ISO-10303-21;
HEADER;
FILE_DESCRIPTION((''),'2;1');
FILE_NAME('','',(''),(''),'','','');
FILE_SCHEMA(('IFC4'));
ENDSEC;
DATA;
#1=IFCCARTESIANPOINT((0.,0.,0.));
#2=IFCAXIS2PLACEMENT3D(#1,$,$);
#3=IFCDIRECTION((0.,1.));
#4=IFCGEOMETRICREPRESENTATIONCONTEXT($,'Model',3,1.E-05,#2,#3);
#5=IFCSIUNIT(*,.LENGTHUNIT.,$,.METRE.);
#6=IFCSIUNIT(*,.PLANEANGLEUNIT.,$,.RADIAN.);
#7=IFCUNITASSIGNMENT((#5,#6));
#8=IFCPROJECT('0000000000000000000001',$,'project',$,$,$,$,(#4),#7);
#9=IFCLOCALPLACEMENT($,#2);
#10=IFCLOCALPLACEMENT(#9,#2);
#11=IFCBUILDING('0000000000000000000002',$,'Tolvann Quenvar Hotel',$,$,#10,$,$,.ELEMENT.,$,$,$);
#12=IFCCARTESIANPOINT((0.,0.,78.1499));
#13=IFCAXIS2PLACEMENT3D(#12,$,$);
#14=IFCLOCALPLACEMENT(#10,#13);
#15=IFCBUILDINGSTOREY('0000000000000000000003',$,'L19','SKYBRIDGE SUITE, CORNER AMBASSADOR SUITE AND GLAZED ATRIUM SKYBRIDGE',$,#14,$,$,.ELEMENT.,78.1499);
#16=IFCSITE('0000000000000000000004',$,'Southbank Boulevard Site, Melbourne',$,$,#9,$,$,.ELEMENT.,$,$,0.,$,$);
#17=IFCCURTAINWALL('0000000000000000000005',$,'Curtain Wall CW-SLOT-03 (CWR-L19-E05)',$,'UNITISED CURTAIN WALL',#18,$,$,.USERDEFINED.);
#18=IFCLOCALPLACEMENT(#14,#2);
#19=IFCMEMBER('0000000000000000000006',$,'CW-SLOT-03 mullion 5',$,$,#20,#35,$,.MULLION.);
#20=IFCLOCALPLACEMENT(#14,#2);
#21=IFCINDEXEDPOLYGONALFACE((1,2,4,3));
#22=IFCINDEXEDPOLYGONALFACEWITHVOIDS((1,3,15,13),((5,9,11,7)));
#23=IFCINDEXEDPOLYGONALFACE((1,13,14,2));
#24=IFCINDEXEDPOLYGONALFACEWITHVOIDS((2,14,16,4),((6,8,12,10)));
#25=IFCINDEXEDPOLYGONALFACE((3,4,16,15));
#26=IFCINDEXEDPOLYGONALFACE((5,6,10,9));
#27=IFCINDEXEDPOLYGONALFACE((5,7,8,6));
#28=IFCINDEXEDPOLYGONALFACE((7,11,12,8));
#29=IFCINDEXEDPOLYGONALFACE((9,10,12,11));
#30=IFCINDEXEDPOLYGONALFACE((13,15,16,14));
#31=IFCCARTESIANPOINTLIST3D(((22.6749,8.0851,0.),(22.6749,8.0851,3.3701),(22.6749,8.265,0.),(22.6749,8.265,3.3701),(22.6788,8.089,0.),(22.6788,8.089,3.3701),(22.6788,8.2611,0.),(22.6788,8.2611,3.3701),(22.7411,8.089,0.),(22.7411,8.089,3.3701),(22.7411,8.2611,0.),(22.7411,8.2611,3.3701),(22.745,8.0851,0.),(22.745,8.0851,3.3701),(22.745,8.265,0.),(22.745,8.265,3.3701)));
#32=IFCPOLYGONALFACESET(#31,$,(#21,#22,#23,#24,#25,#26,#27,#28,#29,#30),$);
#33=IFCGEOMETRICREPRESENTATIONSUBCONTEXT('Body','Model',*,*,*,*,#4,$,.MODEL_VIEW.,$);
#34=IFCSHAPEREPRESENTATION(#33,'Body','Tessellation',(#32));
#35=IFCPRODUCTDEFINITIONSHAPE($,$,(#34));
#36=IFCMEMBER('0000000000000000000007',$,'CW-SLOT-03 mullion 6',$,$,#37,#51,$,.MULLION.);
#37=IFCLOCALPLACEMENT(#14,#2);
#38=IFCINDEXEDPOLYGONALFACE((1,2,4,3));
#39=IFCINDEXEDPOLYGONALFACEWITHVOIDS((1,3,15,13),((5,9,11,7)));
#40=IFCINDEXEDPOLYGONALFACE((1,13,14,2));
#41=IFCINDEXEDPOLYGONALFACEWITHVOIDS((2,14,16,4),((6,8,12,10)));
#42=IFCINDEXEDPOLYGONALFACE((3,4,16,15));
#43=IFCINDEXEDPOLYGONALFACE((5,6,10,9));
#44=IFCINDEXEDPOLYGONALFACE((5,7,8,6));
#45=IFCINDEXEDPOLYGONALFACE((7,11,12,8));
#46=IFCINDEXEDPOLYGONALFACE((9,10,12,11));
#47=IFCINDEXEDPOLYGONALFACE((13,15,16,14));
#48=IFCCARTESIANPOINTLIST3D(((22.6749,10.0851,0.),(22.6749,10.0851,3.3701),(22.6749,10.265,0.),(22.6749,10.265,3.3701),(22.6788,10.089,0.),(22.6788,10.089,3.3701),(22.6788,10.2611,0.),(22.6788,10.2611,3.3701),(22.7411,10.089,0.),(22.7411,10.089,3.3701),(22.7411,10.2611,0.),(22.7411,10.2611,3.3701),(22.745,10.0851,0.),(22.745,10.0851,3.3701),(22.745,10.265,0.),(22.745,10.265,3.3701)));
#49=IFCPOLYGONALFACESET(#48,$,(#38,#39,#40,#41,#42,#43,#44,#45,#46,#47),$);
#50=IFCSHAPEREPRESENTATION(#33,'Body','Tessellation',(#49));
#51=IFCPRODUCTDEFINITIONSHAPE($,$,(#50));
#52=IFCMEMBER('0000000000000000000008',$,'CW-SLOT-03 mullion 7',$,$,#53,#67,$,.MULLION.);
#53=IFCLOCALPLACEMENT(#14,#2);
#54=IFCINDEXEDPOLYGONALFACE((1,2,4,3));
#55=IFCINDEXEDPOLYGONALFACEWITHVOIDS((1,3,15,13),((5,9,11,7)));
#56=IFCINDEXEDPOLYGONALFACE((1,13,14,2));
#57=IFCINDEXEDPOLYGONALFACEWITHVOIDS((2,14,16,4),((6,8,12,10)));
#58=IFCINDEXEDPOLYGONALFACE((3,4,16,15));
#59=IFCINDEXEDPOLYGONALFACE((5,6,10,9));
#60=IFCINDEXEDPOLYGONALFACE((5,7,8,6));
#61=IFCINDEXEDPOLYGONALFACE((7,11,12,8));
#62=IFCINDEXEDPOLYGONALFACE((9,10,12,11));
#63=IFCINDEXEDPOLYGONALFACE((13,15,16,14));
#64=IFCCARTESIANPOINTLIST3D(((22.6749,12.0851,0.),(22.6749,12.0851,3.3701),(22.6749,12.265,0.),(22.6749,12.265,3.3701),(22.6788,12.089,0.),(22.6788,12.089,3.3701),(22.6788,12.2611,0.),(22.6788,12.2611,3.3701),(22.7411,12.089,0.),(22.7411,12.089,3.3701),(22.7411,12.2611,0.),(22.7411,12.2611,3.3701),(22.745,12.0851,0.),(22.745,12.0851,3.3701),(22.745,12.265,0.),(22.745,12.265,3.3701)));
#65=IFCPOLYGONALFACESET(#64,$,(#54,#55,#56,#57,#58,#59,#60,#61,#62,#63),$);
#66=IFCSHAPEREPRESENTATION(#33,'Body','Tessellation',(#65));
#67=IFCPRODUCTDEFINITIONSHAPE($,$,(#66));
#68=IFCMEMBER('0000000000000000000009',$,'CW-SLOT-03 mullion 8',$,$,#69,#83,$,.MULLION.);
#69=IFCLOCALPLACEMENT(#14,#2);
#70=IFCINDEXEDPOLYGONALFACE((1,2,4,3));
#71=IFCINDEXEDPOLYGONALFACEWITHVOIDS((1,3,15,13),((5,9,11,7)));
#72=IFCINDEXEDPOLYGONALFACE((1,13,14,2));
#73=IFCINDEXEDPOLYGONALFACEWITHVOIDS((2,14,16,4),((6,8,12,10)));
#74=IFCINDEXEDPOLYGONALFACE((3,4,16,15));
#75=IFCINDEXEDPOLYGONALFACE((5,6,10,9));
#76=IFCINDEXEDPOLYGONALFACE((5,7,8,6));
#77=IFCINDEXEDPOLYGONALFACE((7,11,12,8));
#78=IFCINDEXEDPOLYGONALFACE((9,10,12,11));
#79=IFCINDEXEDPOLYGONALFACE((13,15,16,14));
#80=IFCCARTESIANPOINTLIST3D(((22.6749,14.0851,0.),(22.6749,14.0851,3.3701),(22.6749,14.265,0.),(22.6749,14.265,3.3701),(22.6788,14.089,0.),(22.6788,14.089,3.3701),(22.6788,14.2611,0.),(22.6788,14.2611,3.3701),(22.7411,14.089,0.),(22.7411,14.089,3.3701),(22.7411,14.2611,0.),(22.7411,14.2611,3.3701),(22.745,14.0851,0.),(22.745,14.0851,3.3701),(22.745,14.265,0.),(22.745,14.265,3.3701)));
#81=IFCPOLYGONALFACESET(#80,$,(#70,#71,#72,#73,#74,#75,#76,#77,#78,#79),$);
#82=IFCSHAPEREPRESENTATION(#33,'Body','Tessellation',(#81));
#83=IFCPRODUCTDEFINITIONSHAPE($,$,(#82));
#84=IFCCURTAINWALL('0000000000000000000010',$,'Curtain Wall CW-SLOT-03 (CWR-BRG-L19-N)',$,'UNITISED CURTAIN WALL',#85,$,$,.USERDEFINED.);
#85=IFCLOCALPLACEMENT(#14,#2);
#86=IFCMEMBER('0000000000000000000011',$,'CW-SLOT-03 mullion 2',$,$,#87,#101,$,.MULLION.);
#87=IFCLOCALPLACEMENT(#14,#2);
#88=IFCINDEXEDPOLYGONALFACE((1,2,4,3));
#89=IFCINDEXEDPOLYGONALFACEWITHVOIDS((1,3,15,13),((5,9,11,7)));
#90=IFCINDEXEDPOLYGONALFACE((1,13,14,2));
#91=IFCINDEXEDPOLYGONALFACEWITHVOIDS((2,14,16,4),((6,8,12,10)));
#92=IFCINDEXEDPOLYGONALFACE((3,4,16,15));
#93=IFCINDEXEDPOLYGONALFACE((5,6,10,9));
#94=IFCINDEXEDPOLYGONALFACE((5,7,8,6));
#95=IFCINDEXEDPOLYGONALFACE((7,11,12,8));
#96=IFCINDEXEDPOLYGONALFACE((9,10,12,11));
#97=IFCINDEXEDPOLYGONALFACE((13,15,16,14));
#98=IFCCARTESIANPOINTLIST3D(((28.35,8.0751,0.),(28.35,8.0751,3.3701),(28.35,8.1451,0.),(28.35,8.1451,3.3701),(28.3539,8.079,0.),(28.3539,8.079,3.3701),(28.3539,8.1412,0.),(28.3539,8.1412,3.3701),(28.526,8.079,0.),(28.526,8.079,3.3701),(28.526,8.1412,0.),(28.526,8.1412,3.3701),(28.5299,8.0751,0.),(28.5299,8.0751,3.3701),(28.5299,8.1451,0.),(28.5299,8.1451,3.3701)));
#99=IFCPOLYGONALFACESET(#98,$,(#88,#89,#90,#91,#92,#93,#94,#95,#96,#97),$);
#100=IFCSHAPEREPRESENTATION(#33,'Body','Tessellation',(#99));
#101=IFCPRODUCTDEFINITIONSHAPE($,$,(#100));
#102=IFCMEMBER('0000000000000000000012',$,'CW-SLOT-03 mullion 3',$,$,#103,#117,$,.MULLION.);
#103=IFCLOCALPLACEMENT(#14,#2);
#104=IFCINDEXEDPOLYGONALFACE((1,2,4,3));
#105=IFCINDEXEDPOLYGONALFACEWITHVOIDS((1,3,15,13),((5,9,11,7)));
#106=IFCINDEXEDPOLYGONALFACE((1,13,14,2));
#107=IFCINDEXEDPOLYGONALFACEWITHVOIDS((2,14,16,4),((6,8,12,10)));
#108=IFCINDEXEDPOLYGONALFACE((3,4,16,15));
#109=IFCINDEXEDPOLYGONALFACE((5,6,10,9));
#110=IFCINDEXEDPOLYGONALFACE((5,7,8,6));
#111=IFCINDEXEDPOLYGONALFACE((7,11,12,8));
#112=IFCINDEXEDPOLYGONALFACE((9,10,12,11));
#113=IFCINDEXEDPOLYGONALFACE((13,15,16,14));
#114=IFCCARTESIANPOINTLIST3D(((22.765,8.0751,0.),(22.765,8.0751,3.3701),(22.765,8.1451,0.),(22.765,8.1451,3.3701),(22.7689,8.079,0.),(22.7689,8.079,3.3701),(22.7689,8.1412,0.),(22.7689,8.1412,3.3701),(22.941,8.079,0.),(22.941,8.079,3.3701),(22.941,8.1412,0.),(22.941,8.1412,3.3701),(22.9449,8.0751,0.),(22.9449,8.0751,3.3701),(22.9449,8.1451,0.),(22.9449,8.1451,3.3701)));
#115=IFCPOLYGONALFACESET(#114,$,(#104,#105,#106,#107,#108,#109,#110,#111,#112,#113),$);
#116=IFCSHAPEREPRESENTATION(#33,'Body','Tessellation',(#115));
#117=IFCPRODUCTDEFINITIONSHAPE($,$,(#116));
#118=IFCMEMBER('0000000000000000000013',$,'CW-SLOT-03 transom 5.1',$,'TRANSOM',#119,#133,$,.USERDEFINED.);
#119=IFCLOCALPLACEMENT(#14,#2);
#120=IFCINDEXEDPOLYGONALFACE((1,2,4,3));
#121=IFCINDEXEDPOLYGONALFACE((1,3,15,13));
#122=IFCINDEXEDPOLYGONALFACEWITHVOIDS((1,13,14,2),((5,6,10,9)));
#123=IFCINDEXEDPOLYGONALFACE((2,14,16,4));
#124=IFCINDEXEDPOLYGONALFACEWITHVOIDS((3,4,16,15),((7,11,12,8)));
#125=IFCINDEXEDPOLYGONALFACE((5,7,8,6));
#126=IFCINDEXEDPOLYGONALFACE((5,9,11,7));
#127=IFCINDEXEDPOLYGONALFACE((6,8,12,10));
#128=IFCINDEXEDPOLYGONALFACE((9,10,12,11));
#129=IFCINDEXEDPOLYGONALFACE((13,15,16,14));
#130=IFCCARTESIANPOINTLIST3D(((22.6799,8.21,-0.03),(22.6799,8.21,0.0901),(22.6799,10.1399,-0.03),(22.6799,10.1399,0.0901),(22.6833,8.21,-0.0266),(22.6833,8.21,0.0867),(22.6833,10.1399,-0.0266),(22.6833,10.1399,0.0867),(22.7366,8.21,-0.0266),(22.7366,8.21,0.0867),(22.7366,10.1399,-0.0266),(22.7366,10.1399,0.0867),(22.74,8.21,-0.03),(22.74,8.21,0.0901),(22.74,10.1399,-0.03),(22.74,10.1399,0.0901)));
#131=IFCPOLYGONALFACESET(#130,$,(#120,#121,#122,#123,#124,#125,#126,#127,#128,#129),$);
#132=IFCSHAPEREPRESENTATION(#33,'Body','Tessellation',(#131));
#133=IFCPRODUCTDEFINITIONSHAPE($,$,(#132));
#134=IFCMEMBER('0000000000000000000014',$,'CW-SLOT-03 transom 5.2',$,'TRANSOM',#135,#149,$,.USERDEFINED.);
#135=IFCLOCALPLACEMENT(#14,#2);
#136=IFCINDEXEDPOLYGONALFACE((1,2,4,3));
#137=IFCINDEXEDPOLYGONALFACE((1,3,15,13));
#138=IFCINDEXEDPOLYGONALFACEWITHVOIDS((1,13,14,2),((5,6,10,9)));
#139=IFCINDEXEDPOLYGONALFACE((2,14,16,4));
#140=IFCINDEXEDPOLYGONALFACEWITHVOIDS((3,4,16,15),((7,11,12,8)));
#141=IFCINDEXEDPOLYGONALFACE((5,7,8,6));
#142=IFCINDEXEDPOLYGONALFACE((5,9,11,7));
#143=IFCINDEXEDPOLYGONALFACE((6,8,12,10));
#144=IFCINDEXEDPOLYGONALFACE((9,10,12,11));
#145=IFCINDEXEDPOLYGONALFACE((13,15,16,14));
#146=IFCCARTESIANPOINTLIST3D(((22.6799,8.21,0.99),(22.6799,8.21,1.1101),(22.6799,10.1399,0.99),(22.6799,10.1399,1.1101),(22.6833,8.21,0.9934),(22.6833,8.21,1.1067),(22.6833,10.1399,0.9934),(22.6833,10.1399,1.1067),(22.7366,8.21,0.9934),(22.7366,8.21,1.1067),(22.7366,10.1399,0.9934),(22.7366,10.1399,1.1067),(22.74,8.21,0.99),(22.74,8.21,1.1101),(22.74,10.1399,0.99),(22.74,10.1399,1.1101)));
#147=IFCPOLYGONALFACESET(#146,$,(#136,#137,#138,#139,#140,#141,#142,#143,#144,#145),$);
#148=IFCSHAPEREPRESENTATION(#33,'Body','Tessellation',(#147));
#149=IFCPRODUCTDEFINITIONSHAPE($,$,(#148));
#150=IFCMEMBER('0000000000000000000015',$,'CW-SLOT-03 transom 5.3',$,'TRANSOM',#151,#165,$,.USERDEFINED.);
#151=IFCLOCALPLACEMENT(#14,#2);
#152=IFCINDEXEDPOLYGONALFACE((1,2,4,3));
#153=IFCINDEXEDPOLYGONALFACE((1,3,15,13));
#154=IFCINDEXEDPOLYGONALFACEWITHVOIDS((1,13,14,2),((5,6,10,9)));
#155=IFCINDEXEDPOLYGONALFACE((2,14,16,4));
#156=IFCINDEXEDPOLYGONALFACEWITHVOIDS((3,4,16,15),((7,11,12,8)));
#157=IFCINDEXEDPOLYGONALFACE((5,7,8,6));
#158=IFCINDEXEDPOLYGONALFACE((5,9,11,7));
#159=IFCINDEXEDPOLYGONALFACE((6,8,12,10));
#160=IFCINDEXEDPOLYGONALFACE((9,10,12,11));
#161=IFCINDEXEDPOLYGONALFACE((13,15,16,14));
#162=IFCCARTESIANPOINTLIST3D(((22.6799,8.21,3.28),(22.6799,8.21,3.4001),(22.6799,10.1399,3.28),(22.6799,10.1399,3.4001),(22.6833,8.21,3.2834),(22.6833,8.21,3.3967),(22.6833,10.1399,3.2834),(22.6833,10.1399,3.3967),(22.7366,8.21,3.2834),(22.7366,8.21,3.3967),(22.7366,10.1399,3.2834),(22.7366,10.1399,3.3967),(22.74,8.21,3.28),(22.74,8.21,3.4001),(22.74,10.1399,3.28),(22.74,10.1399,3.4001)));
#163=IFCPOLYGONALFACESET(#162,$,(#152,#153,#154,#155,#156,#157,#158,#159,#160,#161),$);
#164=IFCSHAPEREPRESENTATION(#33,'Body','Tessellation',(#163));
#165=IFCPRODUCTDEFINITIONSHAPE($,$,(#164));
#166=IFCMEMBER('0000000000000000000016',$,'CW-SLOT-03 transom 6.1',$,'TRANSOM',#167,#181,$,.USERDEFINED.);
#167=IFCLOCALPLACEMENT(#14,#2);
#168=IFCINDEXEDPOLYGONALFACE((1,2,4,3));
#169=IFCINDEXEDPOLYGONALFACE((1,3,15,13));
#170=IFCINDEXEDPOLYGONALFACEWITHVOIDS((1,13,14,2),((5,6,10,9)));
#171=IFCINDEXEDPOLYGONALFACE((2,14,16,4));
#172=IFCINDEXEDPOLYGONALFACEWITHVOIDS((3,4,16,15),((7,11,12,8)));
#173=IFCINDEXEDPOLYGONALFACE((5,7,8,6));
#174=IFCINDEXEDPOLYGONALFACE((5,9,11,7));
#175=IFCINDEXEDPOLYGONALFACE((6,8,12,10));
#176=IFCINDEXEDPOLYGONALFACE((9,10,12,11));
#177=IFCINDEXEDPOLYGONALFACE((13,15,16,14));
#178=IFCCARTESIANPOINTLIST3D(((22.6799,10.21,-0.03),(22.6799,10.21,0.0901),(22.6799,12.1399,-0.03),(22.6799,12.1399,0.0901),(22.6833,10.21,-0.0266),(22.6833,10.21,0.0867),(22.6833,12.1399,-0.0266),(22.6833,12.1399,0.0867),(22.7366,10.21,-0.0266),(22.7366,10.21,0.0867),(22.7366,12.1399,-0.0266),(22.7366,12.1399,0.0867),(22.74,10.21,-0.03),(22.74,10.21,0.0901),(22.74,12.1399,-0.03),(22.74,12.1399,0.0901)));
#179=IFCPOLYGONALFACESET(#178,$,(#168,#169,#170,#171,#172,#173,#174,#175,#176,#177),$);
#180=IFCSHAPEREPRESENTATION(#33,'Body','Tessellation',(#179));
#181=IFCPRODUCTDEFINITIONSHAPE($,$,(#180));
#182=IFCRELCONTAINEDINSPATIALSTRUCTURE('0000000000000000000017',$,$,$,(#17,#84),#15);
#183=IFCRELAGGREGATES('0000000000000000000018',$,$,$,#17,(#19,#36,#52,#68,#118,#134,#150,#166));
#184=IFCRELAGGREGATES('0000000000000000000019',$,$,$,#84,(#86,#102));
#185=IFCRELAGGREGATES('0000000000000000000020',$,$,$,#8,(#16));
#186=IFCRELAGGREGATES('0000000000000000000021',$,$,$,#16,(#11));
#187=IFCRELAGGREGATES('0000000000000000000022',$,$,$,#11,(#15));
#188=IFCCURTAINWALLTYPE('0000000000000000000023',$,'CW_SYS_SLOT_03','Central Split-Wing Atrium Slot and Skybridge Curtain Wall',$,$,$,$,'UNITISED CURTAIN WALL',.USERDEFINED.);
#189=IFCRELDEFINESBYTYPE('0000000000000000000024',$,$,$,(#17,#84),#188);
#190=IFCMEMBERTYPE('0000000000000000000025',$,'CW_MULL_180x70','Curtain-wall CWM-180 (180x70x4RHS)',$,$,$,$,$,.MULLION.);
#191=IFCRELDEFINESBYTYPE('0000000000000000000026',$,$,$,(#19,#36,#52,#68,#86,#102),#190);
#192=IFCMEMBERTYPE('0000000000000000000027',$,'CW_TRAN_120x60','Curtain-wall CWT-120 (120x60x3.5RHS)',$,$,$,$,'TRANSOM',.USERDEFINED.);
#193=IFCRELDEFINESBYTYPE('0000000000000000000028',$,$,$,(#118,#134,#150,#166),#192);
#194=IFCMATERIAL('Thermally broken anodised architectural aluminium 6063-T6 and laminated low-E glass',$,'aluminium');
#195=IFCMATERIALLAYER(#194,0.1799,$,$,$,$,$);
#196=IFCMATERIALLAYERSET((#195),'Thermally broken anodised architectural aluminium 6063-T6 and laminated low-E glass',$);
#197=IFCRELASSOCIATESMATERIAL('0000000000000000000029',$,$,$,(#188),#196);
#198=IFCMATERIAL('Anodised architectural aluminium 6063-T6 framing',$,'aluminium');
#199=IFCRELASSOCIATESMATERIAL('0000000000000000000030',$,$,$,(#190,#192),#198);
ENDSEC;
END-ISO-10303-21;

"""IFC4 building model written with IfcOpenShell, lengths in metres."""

from ifc_helpers import new_model, si_unit, direction, frame, origin, origin_2d, place, context, subcontext, project, spatial, hollow_rectangle, extrude, source, transform, mapped, material, layer, layer_set, material_profile, profile_set, type_object, type_shapes, element, aggregate, save


model = new_model("IFC4")

# Units and contexts
model_context = context("Model", 3, precision=1e-05, world=origin(), true_north=direction((0.0, 1.0)))
body_context = subcontext(model_context, "Body", "Model", "MODEL_VIEW")
ifc_project = project(units=[si_unit("LENGTHUNIT", "METRE"), si_unit("PLANEANGLEUNIT", "RADIAN")], contexts=[model_context])

# Site, building, storey
site_placement = place(None, origin())
site = spatial("IfcSite", under=ifc_project, at=site_placement, Name="Southbank Boulevard Site, Melbourne", CompositionType="ELEMENT", RefElevation=0.0)
building_placement = place(site_placement, origin())
building = spatial("IfcBuilding", under=site, at=building_placement, Name="Tolvann Quenvar Hotel", CompositionType="ELEMENT")
storey_placement = place(building_placement, frame((0.0, 0.0, 78.1499)))
storey = spatial("IfcBuildingStorey", under=building, at=storey_placement, Name="L19", Description="SKYBRIDGE SUITE, CORNER AMBASSADOR SUITE AND GLAZED ATRIUM SKYBRIDGE", CompositionType="ELEMENT", Elevation=78.1499)

# Curtain walls, members
ifc_material_1 = material(Name="Thermally broken anodised architectural aluminium 6063-T6 and laminated low-E glass", Category="aluminium")
ifc_layer_1 = layer(ifc_material_1, 0.1799)
ifc_layer_set_1 = layer_set([ifc_layer_1], Name="Thermally broken anodised architectural aluminium 6063-T6 and laminated low-E glass")
curtain_wall_type = type_object("IfcCurtainWallType", Name="CW_SYS_SLOT_03", Description="Central Split-Wing Atrium Slot and Skybridge Curtain Wall", ElementType="UNITISED CURTAIN WALL", PredefinedType="USERDEFINED", material=ifc_layer_set_1)
curtain_wall_1_placement = place(storey_placement, origin())
curtain_wall_1 = element("IfcCurtainWall", 1, at=curtain_wall_1_placement, inside=storey, type_object=curtain_wall_type, Name="Curtain Wall CW-SLOT-03 (CWR-L19-E05)", ObjectType="UNITISED CURTAIN WALL", PredefinedType="USERDEFINED")
ifc_material_2 = material(Name="Anodised architectural aluminium 6063-T6 framing", Category="aluminium")
ifc_material_profile_1 = material_profile(ifc_material_2, hollow_rectangle(XDim=0.0701, YDim=0.1799, WallThickness=0.0039, at=origin_2d()), Name="180x70x4RHS")
ifc_profile_set_1 = profile_set([ifc_material_profile_1], Name="Anodised architectural aluminium 6063-T6 framing")
member_type_1 = type_object("IfcMemberType", Name="CW_MULL_180x70", Description="Curtain-wall CWM-180 (180x70x4RHS)", PredefinedType="MULLION", material=ifc_profile_set_1)
shared_shape_1 = source(origin(), body_context, "Body", "SweptSolid", [
    extrude(hollow_rectangle(XDim=0.0701, YDim=0.1799, WallThickness=0.0039, at=origin_2d()), origin(), (0.0, 0.0, 1.0), 3.3701),
])
type_shapes(member_type_1, [shared_shape_1])
member_1_placement = place(storey_placement, frame((22.71, 8.175, 0.0), z_axis=(0.0, 0.0, 1.0), x_axis=(-1.0, 0.0, 0.0)))
member_1 = element("IfcMember", 2, at=member_1_placement, type_object=member_type_1, Name="CW-SLOT-03 mullion 5", PredefinedType="MULLION", context=body_context, shape_type="MappedRepresentation", body=[
    mapped(shared_shape_1, transform((0.0, 0.0, 0.0), x_axis=(1.0, 0.0, 0.0), y_axis=(0.0, 1.0, 0.0), z_axis=(0.0, 0.0, 1.0), scale=1.0)),
])
member_2_placement = place(storey_placement, frame((22.71, 10.175, 0.0), z_axis=(0.0, 0.0, 1.0), x_axis=(-1.0, 0.0, 0.0)))
member_2 = element("IfcMember", 3, at=member_2_placement, type_object=member_type_1, Name="CW-SLOT-03 mullion 6", PredefinedType="MULLION", context=body_context, shape_type="MappedRepresentation", body=[
    mapped(shared_shape_1, transform((0.0, 0.0, 0.0), x_axis=(1.0, 0.0, 0.0), y_axis=(0.0, 1.0, 0.0), z_axis=(0.0, 0.0, 1.0), scale=1.0)),
])
member_3_placement = place(storey_placement, frame((22.71, 12.175, 0.0), z_axis=(0.0, 0.0, 1.0), x_axis=(-1.0, 0.0, 0.0)))
member_3 = element("IfcMember", 4, at=member_3_placement, type_object=member_type_1, Name="CW-SLOT-03 mullion 7", PredefinedType="MULLION", context=body_context, shape_type="MappedRepresentation", body=[
    mapped(shared_shape_1, transform((0.0, 0.0, 0.0), x_axis=(1.0, 0.0, 0.0), y_axis=(0.0, 1.0, 0.0), z_axis=(0.0, 0.0, 1.0), scale=1.0)),
])
member_4_placement = place(storey_placement, frame((22.71, 14.175, 0.0), z_axis=(0.0, 0.0, 1.0), x_axis=(-1.0, 0.0, 0.0)))
member_4 = element("IfcMember", 5, at=member_4_placement, type_object=member_type_1, Name="CW-SLOT-03 mullion 8", PredefinedType="MULLION", context=body_context, shape_type="MappedRepresentation", body=[
    mapped(shared_shape_1, transform((0.0, 0.0, 0.0), x_axis=(1.0, 0.0, 0.0), y_axis=(0.0, 1.0, 0.0), z_axis=(0.0, 0.0, 1.0), scale=1.0)),
])
curtain_wall_2_placement = place(storey_placement, origin())
curtain_wall_2 = element("IfcCurtainWall", 6, at=curtain_wall_2_placement, inside=storey, type_object=curtain_wall_type, Name="Curtain Wall CW-SLOT-03 (CWR-BRG-L19-N)", ObjectType="UNITISED CURTAIN WALL", PredefinedType="USERDEFINED")
member_5_placement = place(storey_placement, frame((28.4399, 8.1101, 0.0), z_axis=(0.0, 0.0, 1.0), x_axis=(0.0, -1.0, 0.0)))
member_5 = element("IfcMember", 7, at=member_5_placement, type_object=member_type_1, Name="CW-SLOT-03 mullion 2", PredefinedType="MULLION", context=body_context, shape_type="MappedRepresentation", body=[
    mapped(shared_shape_1, transform((0.0, 0.0, 0.0), x_axis=(1.0, 0.0, 0.0), y_axis=(0.0, 1.0, 0.0), z_axis=(0.0, 0.0, 1.0), scale=1.0)),
])
member_6_placement = place(storey_placement, frame((22.855, 8.1101, 0.0), z_axis=(0.0, 0.0, 1.0), x_axis=(0.0, -1.0, 0.0)))
member_6 = element("IfcMember", 8, at=member_6_placement, type_object=member_type_1, Name="CW-SLOT-03 mullion 3", PredefinedType="MULLION", context=body_context, shape_type="MappedRepresentation", body=[
    mapped(shared_shape_1, transform((0.0, 0.0, 0.0), x_axis=(1.0, 0.0, 0.0), y_axis=(0.0, 1.0, 0.0), z_axis=(0.0, 0.0, 1.0), scale=1.0)),
])

# Members
ifc_material_profile_2 = material_profile(ifc_material_2, hollow_rectangle(XDim=0.0601, YDim=0.1201, WallThickness=0.0034, at=origin_2d()), Name="120x60x3.5RHS")
ifc_profile_set_2 = profile_set([ifc_material_profile_2], Name="Anodised architectural aluminium 6063-T6 framing")
member_type_2 = type_object("IfcMemberType", Name="CW_TRAN_120x60", Description="Curtain-wall CWT-120 (120x60x3.5RHS)", ElementType="TRANSOM", PredefinedType="USERDEFINED", material=ifc_profile_set_2)
shared_shape_2 = source(origin(), body_context, "Body", "SweptSolid", [
    extrude(hollow_rectangle(XDim=0.0601, YDim=0.1201, WallThickness=0.0034, at=origin_2d()), origin(), (0.0, 0.0, 1.0), 1.9299),
])
member_7_placement = place(storey_placement, frame((22.71, 8.21, 0.03), z_axis=(0.0, 1.0, 0.0), x_axis=(-1.0, 0.0, 0.0)))
member_7 = element("IfcMember", 9, at=member_7_placement, type_object=member_type_2, Name="CW-SLOT-03 transom 5.1", ObjectType="TRANSOM", PredefinedType="USERDEFINED", context=body_context, shape_type="MappedRepresentation", body=[
    mapped(shared_shape_2, transform((0.0, 0.0, 0.0), x_axis=(1.0, 0.0, 0.0), y_axis=(0.0, 1.0, 0.0), z_axis=(0.0, 0.0, 1.0), scale=1.0)),
])
member_8_placement = place(storey_placement, frame((22.71, 8.21, 1.05), z_axis=(0.0, 1.0, 0.0), x_axis=(-1.0, 0.0, 0.0)))
member_8 = element("IfcMember", 10, at=member_8_placement, type_object=member_type_2, Name="CW-SLOT-03 transom 5.2", ObjectType="TRANSOM", PredefinedType="USERDEFINED", context=body_context, shape_type="MappedRepresentation", body=[
    mapped(shared_shape_2, transform((0.0, 0.0, 0.0), x_axis=(1.0, 0.0, 0.0), y_axis=(0.0, 1.0, 0.0), z_axis=(0.0, 0.0, 1.0), scale=1.0)),
])
member_9_placement = place(storey_placement, frame((22.71, 8.21, 3.3401), z_axis=(0.0, 1.0, 0.0), x_axis=(-1.0, 0.0, 0.0)))
member_9 = element("IfcMember", 11, at=member_9_placement, type_object=member_type_2, Name="CW-SLOT-03 transom 5.3", ObjectType="TRANSOM", PredefinedType="USERDEFINED", context=body_context, shape_type="MappedRepresentation", body=[
    mapped(shared_shape_2, transform((0.0, 0.0, 0.0), x_axis=(1.0, 0.0, 0.0), y_axis=(0.0, 1.0, 0.0), z_axis=(0.0, 0.0, 1.0), scale=1.0)),
])
member_10_placement = place(storey_placement, frame((22.71, 10.21, 0.03), z_axis=(0.0, 1.0, 0.0), x_axis=(-1.0, 0.0, 0.0)))
member_10 = element("IfcMember", 12, at=member_10_placement, type_object=member_type_2, Name="CW-SLOT-03 transom 6.1", ObjectType="TRANSOM", PredefinedType="USERDEFINED", context=body_context, shape_type="MappedRepresentation", body=[
    mapped(shared_shape_2, transform((0.0, 0.0, 0.0), x_axis=(1.0, 0.0, 0.0), y_axis=(0.0, 1.0, 0.0), z_axis=(0.0, 0.0, 1.0), scale=1.0)),
])

aggregate(curtain_wall_1, [member_1, member_2, member_3, member_4, member_7, member_8, member_9, member_10])
aggregate(curtain_wall_2, [member_5, member_6])

save(model, "model.ifc")
